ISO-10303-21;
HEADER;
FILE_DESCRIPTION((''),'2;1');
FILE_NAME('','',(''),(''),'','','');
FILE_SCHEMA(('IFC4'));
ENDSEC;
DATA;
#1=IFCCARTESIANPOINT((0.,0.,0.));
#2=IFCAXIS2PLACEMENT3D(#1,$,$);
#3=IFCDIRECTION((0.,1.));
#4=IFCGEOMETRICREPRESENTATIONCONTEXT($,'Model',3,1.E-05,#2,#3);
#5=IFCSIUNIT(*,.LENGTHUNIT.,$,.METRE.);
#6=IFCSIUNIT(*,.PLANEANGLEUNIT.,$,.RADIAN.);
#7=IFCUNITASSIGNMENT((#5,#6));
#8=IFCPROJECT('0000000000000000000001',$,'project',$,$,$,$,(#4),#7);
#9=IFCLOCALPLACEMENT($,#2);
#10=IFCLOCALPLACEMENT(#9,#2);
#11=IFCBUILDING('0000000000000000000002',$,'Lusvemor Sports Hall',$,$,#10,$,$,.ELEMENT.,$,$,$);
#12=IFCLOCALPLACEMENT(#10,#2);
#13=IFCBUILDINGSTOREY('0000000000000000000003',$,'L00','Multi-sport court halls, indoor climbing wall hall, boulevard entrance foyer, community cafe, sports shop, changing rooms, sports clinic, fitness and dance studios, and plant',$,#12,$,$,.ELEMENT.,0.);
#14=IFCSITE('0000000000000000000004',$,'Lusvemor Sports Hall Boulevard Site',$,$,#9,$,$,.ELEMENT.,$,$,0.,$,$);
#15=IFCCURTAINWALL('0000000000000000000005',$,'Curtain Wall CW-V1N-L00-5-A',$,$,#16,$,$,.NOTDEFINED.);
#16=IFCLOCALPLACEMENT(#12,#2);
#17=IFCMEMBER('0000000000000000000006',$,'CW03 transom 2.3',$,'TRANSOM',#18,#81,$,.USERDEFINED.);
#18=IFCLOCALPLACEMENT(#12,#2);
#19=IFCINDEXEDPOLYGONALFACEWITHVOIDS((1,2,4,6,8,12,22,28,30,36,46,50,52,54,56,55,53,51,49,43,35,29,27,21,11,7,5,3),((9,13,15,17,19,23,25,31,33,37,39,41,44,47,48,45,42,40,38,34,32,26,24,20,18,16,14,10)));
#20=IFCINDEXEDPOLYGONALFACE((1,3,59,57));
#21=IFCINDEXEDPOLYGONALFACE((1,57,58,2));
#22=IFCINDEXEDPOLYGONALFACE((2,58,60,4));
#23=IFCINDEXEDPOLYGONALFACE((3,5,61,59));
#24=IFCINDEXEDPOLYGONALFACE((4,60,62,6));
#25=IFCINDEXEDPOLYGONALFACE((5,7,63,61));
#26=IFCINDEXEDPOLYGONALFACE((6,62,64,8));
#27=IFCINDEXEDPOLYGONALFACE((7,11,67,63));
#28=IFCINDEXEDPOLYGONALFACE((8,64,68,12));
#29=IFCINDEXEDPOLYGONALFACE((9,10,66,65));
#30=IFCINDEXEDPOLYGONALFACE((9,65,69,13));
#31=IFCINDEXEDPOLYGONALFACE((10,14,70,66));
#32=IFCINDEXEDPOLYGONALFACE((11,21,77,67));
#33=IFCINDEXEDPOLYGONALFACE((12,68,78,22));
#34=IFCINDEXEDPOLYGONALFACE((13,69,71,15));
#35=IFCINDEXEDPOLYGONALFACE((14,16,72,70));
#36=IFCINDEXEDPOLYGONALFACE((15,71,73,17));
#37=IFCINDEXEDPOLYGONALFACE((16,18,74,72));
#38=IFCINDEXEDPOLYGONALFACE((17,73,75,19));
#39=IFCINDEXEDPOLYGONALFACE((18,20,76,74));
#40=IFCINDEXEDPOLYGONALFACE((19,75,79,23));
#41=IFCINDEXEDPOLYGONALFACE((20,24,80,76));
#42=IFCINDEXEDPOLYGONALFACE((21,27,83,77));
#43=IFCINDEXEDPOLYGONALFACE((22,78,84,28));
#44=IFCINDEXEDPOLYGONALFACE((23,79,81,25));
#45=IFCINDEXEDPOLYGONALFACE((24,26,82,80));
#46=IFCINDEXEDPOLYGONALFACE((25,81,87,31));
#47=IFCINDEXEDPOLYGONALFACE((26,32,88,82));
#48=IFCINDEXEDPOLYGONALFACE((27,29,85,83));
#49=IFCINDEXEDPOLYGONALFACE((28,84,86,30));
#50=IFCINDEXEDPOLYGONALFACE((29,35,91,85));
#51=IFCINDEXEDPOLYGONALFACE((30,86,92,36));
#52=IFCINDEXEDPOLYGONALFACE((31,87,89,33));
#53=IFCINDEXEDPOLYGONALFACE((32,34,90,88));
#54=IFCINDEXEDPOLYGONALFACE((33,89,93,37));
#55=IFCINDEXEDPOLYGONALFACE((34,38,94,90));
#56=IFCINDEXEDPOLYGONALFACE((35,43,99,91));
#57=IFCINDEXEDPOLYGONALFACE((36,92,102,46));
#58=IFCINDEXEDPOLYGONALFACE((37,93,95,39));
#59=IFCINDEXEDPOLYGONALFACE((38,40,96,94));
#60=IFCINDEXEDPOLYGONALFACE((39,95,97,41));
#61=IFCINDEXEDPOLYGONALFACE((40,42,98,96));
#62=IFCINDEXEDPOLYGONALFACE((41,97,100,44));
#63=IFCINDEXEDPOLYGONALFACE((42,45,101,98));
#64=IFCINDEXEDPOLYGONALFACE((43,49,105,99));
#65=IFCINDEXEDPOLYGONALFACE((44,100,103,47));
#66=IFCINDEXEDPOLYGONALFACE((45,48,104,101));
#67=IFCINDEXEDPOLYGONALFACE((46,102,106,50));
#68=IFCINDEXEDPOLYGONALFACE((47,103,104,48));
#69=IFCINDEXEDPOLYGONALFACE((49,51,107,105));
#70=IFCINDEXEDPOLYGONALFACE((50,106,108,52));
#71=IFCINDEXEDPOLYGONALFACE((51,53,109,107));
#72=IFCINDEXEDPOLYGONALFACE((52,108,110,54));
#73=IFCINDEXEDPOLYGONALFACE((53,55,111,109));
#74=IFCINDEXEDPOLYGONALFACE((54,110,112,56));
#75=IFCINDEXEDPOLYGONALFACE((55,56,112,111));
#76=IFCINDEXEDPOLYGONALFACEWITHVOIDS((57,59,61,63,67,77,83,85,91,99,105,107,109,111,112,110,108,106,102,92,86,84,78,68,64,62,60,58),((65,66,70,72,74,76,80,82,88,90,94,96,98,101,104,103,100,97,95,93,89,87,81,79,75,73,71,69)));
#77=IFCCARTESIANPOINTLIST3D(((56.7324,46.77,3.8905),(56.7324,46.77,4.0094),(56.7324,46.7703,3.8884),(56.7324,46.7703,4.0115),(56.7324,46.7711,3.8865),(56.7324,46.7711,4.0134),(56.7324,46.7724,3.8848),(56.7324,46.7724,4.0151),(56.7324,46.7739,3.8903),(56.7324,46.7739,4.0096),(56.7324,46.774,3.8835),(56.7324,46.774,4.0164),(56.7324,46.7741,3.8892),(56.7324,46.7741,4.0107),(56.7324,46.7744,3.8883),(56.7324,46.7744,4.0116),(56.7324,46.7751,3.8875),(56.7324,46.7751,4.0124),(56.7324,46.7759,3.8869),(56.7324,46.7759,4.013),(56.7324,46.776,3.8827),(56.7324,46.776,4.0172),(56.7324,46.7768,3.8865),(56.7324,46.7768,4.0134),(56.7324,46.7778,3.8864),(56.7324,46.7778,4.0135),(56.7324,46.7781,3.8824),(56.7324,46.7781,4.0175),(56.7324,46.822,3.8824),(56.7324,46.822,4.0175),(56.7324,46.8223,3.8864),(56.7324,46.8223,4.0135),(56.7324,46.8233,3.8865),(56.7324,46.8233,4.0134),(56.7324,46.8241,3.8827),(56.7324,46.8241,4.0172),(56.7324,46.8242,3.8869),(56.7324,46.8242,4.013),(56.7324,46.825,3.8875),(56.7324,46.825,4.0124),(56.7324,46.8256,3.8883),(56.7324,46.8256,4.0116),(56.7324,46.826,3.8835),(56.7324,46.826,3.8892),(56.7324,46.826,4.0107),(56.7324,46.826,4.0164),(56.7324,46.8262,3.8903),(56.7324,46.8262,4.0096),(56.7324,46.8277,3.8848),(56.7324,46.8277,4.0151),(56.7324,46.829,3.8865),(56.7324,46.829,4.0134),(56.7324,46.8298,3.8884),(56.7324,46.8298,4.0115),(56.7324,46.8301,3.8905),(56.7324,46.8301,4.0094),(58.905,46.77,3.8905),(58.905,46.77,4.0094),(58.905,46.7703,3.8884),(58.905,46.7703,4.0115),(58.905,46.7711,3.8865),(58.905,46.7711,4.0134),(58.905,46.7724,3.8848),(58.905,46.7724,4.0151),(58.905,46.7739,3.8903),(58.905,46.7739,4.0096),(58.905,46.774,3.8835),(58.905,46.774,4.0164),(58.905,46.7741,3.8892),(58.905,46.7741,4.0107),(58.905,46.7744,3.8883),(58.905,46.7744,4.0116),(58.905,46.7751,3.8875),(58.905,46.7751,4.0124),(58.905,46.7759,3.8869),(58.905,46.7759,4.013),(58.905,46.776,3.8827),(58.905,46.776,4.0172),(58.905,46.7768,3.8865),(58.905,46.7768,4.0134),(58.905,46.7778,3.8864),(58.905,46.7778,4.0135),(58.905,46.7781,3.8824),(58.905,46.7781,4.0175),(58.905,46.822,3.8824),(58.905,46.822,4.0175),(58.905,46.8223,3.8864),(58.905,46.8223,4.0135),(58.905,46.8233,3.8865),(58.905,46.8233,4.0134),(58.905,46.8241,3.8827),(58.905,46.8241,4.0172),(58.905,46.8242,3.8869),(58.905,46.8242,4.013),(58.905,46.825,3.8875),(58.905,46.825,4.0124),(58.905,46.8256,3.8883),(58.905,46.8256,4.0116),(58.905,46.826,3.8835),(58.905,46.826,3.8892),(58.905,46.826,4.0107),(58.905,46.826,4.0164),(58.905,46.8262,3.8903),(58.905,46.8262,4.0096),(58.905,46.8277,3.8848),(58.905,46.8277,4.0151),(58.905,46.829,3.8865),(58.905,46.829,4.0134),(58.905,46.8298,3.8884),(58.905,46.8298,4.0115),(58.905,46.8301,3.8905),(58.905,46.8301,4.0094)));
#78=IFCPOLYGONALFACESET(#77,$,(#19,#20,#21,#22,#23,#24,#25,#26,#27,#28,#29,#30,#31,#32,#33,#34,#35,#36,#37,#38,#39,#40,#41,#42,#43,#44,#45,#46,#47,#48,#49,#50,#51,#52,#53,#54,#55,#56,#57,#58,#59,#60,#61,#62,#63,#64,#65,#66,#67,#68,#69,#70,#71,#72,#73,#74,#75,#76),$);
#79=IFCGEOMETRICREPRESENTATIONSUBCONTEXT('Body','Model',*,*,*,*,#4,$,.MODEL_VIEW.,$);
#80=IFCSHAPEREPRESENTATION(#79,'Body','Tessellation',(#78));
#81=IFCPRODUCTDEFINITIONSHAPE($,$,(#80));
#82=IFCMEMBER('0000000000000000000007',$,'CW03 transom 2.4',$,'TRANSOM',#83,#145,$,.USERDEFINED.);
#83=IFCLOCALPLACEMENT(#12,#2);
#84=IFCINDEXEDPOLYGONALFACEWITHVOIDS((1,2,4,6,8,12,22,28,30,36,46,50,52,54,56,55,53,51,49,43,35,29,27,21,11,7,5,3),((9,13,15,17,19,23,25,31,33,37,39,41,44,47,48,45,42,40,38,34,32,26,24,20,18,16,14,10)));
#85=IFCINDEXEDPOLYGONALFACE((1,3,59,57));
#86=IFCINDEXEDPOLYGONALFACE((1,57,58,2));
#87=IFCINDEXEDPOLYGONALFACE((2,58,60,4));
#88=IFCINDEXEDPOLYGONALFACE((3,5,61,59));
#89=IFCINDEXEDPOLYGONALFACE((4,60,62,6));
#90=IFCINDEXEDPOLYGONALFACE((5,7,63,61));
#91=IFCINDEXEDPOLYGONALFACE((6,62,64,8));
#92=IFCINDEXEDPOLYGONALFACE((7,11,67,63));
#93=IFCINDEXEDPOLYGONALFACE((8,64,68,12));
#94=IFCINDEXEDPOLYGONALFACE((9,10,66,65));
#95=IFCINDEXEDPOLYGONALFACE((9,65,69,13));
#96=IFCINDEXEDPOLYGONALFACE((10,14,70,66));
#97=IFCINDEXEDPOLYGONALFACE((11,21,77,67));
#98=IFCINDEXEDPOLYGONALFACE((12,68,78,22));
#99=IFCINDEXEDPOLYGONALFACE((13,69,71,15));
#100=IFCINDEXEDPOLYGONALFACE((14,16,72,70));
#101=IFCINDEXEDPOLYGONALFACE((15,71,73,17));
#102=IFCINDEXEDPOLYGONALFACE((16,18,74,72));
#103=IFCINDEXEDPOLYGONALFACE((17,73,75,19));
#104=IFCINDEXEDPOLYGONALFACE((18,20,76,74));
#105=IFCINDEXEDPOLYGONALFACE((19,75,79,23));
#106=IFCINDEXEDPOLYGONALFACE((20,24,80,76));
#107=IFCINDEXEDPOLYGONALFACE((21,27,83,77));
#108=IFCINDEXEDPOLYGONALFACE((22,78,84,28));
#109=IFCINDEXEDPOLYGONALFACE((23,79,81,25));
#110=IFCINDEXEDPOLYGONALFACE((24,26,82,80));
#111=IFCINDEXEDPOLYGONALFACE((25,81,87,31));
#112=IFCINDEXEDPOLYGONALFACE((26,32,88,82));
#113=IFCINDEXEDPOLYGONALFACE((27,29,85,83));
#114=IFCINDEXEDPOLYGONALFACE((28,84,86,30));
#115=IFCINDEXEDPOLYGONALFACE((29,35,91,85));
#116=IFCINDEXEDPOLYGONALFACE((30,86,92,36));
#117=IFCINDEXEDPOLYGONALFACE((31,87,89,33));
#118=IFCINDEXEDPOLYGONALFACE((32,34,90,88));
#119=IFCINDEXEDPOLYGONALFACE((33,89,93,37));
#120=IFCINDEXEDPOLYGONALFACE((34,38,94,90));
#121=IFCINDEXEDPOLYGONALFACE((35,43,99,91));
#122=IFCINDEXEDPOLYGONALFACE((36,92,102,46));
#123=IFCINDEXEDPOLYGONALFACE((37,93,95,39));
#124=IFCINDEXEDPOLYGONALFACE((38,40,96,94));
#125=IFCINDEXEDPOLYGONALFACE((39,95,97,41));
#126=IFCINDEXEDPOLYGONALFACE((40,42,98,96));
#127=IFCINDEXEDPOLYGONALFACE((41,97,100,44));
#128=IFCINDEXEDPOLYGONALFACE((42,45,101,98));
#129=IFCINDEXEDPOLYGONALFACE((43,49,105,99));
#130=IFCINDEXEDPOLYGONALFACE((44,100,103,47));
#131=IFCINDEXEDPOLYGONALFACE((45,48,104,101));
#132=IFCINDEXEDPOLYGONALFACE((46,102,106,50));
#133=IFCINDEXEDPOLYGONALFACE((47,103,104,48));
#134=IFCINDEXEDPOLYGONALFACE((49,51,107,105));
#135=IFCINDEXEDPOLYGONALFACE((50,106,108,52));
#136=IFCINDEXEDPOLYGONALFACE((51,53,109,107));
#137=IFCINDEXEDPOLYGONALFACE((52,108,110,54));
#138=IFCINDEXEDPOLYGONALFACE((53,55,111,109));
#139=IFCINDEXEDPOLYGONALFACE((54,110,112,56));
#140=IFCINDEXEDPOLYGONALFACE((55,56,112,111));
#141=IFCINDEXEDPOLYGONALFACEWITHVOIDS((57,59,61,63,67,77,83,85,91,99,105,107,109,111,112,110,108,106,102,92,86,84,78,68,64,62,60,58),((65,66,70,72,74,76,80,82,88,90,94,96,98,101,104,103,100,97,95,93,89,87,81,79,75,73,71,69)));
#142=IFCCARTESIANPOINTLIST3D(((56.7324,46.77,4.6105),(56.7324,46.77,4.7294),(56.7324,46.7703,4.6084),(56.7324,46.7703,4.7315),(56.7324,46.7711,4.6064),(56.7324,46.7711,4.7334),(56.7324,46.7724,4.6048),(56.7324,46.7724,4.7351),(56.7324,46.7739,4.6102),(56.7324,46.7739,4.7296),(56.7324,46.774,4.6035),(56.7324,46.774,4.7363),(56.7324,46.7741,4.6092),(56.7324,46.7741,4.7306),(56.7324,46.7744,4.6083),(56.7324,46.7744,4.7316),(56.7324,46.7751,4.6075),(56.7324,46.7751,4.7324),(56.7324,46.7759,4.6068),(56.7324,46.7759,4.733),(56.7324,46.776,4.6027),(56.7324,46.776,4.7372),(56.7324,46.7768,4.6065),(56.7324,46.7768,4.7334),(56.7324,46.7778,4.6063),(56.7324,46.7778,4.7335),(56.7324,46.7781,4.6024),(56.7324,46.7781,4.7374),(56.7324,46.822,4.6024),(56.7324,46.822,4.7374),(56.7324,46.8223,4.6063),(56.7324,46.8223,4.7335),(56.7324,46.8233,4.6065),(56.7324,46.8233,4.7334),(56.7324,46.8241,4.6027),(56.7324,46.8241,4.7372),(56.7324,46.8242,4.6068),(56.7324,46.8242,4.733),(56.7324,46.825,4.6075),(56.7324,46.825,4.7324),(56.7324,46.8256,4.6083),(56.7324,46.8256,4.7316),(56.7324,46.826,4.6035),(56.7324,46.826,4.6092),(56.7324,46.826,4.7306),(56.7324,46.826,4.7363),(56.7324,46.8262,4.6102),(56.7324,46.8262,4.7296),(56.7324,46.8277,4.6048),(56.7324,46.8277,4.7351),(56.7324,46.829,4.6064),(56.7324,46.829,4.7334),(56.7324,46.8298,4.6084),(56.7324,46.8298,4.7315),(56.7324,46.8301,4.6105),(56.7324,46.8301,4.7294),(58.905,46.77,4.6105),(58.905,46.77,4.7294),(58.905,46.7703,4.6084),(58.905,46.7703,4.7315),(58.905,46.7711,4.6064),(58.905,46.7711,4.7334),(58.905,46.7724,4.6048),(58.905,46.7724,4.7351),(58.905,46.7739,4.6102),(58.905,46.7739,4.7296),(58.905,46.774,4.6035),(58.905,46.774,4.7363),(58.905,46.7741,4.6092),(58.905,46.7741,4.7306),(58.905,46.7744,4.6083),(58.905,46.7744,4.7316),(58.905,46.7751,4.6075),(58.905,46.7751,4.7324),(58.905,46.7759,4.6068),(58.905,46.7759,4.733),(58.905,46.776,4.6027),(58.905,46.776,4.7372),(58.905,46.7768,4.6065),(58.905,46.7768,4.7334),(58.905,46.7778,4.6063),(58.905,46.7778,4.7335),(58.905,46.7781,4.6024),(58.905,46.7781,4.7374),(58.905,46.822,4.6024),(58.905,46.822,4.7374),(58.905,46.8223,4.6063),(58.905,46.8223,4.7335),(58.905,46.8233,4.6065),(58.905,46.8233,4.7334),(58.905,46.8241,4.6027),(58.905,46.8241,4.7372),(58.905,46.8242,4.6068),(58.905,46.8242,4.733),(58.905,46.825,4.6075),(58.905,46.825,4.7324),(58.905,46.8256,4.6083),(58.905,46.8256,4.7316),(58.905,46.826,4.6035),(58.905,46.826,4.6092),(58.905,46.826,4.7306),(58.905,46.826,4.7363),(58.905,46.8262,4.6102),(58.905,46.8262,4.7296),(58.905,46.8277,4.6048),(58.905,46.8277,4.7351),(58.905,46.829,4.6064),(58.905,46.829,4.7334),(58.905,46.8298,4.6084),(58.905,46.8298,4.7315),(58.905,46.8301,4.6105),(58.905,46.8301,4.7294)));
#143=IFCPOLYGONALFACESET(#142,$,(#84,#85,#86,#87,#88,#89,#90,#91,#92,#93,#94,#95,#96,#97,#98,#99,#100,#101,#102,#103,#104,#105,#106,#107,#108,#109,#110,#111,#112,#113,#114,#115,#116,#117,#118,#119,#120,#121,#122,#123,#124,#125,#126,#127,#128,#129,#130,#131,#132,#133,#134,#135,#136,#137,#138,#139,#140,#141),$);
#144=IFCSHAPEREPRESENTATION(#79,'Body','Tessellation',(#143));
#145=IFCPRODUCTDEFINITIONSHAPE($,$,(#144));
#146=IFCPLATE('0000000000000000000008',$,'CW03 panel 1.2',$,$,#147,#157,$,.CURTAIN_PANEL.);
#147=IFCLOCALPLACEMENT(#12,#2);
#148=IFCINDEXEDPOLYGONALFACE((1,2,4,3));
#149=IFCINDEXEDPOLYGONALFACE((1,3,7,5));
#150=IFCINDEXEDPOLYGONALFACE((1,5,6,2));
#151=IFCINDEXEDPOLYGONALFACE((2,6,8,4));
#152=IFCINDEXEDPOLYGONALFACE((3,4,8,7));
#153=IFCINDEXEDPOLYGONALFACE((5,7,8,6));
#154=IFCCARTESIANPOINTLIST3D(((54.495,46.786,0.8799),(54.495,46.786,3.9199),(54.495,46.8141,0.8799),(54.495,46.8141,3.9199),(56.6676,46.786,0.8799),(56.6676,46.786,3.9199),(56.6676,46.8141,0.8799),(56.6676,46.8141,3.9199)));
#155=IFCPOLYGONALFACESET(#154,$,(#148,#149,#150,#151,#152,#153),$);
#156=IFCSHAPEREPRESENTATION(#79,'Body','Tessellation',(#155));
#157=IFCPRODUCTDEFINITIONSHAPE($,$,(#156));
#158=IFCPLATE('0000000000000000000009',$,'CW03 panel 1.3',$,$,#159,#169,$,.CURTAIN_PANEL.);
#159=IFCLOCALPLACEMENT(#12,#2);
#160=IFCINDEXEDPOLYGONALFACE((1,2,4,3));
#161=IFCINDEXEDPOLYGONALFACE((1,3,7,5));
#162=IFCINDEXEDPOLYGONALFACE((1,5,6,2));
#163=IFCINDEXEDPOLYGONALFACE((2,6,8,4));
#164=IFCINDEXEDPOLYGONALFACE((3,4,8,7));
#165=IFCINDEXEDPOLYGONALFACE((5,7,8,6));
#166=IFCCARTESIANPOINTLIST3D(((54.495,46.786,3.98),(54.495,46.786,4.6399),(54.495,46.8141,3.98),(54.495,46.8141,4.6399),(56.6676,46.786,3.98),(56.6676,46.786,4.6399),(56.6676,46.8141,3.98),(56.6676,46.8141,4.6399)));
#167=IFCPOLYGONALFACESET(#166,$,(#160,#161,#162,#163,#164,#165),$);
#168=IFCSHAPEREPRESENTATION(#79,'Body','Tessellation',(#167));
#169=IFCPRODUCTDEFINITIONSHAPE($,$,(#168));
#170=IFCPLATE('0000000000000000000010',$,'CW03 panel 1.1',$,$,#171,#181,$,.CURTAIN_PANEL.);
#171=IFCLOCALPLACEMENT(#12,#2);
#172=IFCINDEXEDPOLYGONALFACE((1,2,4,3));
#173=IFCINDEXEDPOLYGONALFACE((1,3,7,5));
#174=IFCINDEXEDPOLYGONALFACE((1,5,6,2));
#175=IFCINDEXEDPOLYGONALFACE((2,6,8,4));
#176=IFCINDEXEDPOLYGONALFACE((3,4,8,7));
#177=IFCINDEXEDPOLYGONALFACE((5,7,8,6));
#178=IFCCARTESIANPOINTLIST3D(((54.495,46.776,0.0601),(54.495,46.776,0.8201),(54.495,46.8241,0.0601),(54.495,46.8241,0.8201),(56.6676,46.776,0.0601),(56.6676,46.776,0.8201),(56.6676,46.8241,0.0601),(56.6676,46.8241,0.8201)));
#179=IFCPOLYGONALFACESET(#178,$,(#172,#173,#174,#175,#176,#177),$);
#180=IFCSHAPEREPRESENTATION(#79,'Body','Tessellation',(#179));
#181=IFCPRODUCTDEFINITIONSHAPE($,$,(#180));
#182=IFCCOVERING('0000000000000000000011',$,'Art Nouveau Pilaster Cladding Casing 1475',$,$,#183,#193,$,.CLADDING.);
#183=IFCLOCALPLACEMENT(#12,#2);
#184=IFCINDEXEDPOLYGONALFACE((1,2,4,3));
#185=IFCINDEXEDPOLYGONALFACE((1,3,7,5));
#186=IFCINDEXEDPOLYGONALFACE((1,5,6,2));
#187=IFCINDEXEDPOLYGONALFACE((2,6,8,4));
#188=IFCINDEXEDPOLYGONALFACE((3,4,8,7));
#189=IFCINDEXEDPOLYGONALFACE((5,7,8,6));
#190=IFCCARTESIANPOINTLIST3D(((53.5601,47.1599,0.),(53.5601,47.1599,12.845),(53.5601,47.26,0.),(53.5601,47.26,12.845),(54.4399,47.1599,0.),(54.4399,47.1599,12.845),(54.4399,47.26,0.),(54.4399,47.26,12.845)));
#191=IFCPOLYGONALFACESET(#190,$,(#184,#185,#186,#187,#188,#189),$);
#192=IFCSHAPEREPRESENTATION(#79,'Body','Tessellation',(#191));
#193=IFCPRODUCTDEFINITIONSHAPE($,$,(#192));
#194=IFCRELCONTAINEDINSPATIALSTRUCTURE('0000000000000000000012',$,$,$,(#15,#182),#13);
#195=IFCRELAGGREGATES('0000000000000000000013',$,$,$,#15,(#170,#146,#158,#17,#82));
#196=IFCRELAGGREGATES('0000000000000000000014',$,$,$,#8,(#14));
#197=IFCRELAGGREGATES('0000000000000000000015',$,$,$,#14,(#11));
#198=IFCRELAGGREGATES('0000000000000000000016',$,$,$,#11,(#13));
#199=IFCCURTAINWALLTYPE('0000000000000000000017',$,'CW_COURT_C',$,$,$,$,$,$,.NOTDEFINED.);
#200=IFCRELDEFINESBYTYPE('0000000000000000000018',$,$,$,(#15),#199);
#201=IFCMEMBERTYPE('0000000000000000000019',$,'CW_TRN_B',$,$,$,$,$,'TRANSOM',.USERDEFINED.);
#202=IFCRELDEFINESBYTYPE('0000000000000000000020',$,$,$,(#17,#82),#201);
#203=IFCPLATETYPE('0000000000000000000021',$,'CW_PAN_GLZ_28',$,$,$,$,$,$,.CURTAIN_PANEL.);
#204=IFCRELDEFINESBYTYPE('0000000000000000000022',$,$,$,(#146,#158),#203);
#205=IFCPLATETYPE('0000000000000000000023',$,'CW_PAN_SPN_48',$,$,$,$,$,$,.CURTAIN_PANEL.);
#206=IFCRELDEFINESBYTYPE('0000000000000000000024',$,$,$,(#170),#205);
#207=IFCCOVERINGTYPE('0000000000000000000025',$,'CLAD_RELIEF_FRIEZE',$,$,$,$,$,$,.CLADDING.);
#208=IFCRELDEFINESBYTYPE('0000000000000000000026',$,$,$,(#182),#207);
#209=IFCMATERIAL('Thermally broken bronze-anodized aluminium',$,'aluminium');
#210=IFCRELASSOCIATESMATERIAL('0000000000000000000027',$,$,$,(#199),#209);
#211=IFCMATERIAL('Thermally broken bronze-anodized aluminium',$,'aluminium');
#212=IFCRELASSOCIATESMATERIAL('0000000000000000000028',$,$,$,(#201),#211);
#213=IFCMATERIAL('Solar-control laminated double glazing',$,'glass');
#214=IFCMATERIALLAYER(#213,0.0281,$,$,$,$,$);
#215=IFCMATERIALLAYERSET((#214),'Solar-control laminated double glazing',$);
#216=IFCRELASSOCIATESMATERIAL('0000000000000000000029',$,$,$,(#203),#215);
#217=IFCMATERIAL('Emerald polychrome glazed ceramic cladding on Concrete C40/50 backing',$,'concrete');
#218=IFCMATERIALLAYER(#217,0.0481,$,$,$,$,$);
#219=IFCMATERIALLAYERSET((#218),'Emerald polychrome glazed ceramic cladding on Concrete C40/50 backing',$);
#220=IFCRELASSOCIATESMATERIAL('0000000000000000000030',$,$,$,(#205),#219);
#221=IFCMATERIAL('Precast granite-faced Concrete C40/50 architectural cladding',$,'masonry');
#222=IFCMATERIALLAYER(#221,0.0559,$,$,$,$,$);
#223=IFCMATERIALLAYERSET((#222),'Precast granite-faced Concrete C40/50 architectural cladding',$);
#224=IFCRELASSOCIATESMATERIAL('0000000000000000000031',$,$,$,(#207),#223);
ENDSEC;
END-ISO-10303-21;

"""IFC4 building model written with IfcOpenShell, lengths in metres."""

from ifc_helpers import new_model, si_unit, direction, frame, origin, origin_2d, place, context, subcontext, project, spatial, rectangle, hollow_rectangle, extrude, material, layer, layer_set, material_profile, profile_set, type_object, element, aggregate, save


model = new_model("IFC4")

# Units and contexts
model_context = context("Model", 3, precision=1e-05, world=origin(), true_north=direction((0.0, 1.0)))
body_context = subcontext(model_context, "Body", "Model", "MODEL_VIEW")
ifc_project = project(units=[si_unit("LENGTHUNIT", "METRE"), si_unit("PLANEANGLEUNIT", "RADIAN")], contexts=[model_context])

# Site, building, storey
site_placement = place(None, origin())
site = spatial("IfcSite", under=ifc_project, at=site_placement, Name="Lusvemor Sports Hall Boulevard Site", CompositionType="ELEMENT", RefElevation=0.0)
building_placement = place(site_placement, origin())
building = spatial("IfcBuilding", under=site, at=building_placement, Name="Lusvemor Sports Hall", CompositionType="ELEMENT")
storey_placement = place(building_placement, origin())
storey = spatial("IfcBuildingStorey", under=building, at=storey_placement, Name="L00", Description="Multi-sport court halls, indoor climbing wall hall, boulevard entrance foyer, community cafe, sports shop, changing rooms, sports clinic, fitness and dance studios, and plant", CompositionType="ELEMENT", Elevation=0.0)

# Curtain wall, members, plates
ifc_material_1 = material(Name="Thermally broken bronze-anodized aluminium", Category="aluminium")
curtain_wall_type = type_object("IfcCurtainWallType", Name="CW_COURT_C", PredefinedType="NOTDEFINED", material=ifc_material_1)
curtain_wall_placement = place(storey_placement, origin())
curtain_wall = element("IfcCurtainWall", 1, at=curtain_wall_placement, inside=storey, type_object=curtain_wall_type, Name="Curtain Wall CW-V1N-L00-5-A", PredefinedType="NOTDEFINED")
ifc_material_2 = material(Name="Thermally broken bronze-anodized aluminium", Category="aluminium")
ifc_material_profile_1 = material_profile(ifc_material_2, hollow_rectangle(XDim=0.0601, YDim=0.135, WallThickness=0.0039, InnerFilletRadius=0.0039, OuterFilletRadius=0.0081, at=origin_2d()), Name="CWTRN135x60x4")
ifc_profile_set_1 = profile_set([ifc_material_profile_1], Name="Thermally broken bronze-anodized aluminium")
member_type_1 = type_object("IfcMemberType", Name="CW_TRN_B", ElementType="TRANSOM", PredefinedType="USERDEFINED", material=ifc_profile_set_1)
member_1_placement = place(storey_placement, frame((56.7324, 46.8, 3.95), z_axis=(1.0, 0.0, 0.0), x_axis=(0.0, 1.0, 0.0)))
member_1 = element("IfcMember", 2, at=member_1_placement, type_object=member_type_1, Name="CW03 transom 2.3", ObjectType="TRANSOM", PredefinedType="USERDEFINED", context=body_context, shape_type="SweptSolid", body=[
    extrude(hollow_rectangle(XDim=0.0601, YDim=0.135, WallThickness=0.0039, InnerFilletRadius=0.0039, OuterFilletRadius=0.0081, at=origin_2d()), origin(), (0.0, 0.0, 1.0), 2.1726),
])
member_2_placement = place(storey_placement, frame((56.7324, 46.8, 4.6699), z_axis=(1.0, 0.0, 0.0), x_axis=(0.0, 1.0, 0.0)))
member_2 = element("IfcMember", 3, at=member_2_placement, type_object=member_type_1, Name="CW03 transom 2.4", ObjectType="TRANSOM", PredefinedType="USERDEFINED", context=body_context, shape_type="SweptSolid", body=[
    extrude(hollow_rectangle(XDim=0.0601, YDim=0.135, WallThickness=0.0039, InnerFilletRadius=0.0039, OuterFilletRadius=0.0081, at=origin_2d()), origin(), (0.0, 0.0, 1.0), 2.1726),
])
ifc_material_3 = material(Name="Solar-control laminated double glazing", Category="glass")
ifc_layer_1 = layer(ifc_material_3, 0.0281)
ifc_layer_set_1 = layer_set([ifc_layer_1], Name="Solar-control laminated double glazing")
plate_type_1 = type_object("IfcPlateType", Name="CW_PAN_GLZ_28", PredefinedType="CURTAIN_PANEL", material=ifc_layer_set_1)
plate_1_placement = place(storey_placement, frame((55.5813, 46.8, 0.8799), z_axis=(0.0, 0.0, 1.0), x_axis=(1.0, 0.0, 0.0)))
plate_1 = element("IfcPlate", 4, at=plate_1_placement, type_object=plate_type_1, Name="CW03 panel 1.2", PredefinedType="CURTAIN_PANEL", context=body_context, shape_type="SweptSolid", body=[
    extrude(rectangle(XDim=2.1726, YDim=0.0281, at=origin_2d()), origin(), (0.0, 0.0, 1.0), 3.04),
])
plate_2_placement = place(storey_placement, frame((55.5813, 46.8, 3.98), z_axis=(0.0, 0.0, 1.0), x_axis=(1.0, 0.0, 0.0)))
plate_2 = element("IfcPlate", 5, at=plate_2_placement, type_object=plate_type_1, Name="CW03 panel 1.3", PredefinedType="CURTAIN_PANEL", context=body_context, shape_type="SweptSolid", body=[
    extrude(rectangle(XDim=2.1726, YDim=0.0281, at=origin_2d()), origin(), (0.0, 0.0, 1.0), 0.6599),
])
ifc_material_4 = material(Name="Emerald polychrome glazed ceramic cladding on Concrete C40/50 backing", Category="concrete")
ifc_layer_2 = layer(ifc_material_4, 0.0481)
ifc_layer_set_2 = layer_set([ifc_layer_2], Name="Emerald polychrome glazed ceramic cladding on Concrete C40/50 backing")
plate_type_2 = type_object("IfcPlateType", Name="CW_PAN_SPN_48", PredefinedType="CURTAIN_PANEL", material=ifc_layer_set_2)
plate_3_placement = place(storey_placement, frame((55.5813, 46.8, 0.0601), z_axis=(0.0, 0.0, 1.0), x_axis=(1.0, 0.0, 0.0)))
plate_3 = element("IfcPlate", 6, at=plate_3_placement, type_object=plate_type_2, Name="CW03 panel 1.1", PredefinedType="CURTAIN_PANEL", context=body_context, shape_type="SweptSolid", body=[
    extrude(rectangle(XDim=2.1726, YDim=0.0481, at=origin_2d()), origin(), (0.0, 0.0, 1.0), 0.76),
])
aggregate(curtain_wall, [plate_3, plate_1, plate_2, member_1, member_2])

# Covering
ifc_material_5 = material(Name="Precast granite-faced Concrete C40/50 architectural cladding", Category="masonry")
ifc_layer_3 = layer(ifc_material_5, 0.0559)
ifc_layer_set_3 = layer_set([ifc_layer_3], Name="Precast granite-faced Concrete C40/50 architectural cladding")
covering_type_1 = type_object("IfcCoveringType", Name="CLAD_RELIEF_FRIEZE", PredefinedType="CLADDING", material=ifc_layer_set_3)
covering_1_placement = place(storey_placement, frame((54.0, 47.21, 0.0), z_axis=(0.0, 0.0, 1.0), x_axis=(1.0, 0.0, 0.0)))
element("IfcCovering", 7, at=covering_1_placement, inside=storey, type_object=covering_type_1, Name="Art Nouveau Pilaster Cladding Casing 1475", PredefinedType="CLADDING", context=body_context, shape_type="SweptSolid", body=[
    extrude(rectangle(XDim=0.8799, YDim=0.1001, at=origin_2d()), origin(), (0.0, 0.0, 1.0), 12.845),
])

save(model, "model.ifc")
